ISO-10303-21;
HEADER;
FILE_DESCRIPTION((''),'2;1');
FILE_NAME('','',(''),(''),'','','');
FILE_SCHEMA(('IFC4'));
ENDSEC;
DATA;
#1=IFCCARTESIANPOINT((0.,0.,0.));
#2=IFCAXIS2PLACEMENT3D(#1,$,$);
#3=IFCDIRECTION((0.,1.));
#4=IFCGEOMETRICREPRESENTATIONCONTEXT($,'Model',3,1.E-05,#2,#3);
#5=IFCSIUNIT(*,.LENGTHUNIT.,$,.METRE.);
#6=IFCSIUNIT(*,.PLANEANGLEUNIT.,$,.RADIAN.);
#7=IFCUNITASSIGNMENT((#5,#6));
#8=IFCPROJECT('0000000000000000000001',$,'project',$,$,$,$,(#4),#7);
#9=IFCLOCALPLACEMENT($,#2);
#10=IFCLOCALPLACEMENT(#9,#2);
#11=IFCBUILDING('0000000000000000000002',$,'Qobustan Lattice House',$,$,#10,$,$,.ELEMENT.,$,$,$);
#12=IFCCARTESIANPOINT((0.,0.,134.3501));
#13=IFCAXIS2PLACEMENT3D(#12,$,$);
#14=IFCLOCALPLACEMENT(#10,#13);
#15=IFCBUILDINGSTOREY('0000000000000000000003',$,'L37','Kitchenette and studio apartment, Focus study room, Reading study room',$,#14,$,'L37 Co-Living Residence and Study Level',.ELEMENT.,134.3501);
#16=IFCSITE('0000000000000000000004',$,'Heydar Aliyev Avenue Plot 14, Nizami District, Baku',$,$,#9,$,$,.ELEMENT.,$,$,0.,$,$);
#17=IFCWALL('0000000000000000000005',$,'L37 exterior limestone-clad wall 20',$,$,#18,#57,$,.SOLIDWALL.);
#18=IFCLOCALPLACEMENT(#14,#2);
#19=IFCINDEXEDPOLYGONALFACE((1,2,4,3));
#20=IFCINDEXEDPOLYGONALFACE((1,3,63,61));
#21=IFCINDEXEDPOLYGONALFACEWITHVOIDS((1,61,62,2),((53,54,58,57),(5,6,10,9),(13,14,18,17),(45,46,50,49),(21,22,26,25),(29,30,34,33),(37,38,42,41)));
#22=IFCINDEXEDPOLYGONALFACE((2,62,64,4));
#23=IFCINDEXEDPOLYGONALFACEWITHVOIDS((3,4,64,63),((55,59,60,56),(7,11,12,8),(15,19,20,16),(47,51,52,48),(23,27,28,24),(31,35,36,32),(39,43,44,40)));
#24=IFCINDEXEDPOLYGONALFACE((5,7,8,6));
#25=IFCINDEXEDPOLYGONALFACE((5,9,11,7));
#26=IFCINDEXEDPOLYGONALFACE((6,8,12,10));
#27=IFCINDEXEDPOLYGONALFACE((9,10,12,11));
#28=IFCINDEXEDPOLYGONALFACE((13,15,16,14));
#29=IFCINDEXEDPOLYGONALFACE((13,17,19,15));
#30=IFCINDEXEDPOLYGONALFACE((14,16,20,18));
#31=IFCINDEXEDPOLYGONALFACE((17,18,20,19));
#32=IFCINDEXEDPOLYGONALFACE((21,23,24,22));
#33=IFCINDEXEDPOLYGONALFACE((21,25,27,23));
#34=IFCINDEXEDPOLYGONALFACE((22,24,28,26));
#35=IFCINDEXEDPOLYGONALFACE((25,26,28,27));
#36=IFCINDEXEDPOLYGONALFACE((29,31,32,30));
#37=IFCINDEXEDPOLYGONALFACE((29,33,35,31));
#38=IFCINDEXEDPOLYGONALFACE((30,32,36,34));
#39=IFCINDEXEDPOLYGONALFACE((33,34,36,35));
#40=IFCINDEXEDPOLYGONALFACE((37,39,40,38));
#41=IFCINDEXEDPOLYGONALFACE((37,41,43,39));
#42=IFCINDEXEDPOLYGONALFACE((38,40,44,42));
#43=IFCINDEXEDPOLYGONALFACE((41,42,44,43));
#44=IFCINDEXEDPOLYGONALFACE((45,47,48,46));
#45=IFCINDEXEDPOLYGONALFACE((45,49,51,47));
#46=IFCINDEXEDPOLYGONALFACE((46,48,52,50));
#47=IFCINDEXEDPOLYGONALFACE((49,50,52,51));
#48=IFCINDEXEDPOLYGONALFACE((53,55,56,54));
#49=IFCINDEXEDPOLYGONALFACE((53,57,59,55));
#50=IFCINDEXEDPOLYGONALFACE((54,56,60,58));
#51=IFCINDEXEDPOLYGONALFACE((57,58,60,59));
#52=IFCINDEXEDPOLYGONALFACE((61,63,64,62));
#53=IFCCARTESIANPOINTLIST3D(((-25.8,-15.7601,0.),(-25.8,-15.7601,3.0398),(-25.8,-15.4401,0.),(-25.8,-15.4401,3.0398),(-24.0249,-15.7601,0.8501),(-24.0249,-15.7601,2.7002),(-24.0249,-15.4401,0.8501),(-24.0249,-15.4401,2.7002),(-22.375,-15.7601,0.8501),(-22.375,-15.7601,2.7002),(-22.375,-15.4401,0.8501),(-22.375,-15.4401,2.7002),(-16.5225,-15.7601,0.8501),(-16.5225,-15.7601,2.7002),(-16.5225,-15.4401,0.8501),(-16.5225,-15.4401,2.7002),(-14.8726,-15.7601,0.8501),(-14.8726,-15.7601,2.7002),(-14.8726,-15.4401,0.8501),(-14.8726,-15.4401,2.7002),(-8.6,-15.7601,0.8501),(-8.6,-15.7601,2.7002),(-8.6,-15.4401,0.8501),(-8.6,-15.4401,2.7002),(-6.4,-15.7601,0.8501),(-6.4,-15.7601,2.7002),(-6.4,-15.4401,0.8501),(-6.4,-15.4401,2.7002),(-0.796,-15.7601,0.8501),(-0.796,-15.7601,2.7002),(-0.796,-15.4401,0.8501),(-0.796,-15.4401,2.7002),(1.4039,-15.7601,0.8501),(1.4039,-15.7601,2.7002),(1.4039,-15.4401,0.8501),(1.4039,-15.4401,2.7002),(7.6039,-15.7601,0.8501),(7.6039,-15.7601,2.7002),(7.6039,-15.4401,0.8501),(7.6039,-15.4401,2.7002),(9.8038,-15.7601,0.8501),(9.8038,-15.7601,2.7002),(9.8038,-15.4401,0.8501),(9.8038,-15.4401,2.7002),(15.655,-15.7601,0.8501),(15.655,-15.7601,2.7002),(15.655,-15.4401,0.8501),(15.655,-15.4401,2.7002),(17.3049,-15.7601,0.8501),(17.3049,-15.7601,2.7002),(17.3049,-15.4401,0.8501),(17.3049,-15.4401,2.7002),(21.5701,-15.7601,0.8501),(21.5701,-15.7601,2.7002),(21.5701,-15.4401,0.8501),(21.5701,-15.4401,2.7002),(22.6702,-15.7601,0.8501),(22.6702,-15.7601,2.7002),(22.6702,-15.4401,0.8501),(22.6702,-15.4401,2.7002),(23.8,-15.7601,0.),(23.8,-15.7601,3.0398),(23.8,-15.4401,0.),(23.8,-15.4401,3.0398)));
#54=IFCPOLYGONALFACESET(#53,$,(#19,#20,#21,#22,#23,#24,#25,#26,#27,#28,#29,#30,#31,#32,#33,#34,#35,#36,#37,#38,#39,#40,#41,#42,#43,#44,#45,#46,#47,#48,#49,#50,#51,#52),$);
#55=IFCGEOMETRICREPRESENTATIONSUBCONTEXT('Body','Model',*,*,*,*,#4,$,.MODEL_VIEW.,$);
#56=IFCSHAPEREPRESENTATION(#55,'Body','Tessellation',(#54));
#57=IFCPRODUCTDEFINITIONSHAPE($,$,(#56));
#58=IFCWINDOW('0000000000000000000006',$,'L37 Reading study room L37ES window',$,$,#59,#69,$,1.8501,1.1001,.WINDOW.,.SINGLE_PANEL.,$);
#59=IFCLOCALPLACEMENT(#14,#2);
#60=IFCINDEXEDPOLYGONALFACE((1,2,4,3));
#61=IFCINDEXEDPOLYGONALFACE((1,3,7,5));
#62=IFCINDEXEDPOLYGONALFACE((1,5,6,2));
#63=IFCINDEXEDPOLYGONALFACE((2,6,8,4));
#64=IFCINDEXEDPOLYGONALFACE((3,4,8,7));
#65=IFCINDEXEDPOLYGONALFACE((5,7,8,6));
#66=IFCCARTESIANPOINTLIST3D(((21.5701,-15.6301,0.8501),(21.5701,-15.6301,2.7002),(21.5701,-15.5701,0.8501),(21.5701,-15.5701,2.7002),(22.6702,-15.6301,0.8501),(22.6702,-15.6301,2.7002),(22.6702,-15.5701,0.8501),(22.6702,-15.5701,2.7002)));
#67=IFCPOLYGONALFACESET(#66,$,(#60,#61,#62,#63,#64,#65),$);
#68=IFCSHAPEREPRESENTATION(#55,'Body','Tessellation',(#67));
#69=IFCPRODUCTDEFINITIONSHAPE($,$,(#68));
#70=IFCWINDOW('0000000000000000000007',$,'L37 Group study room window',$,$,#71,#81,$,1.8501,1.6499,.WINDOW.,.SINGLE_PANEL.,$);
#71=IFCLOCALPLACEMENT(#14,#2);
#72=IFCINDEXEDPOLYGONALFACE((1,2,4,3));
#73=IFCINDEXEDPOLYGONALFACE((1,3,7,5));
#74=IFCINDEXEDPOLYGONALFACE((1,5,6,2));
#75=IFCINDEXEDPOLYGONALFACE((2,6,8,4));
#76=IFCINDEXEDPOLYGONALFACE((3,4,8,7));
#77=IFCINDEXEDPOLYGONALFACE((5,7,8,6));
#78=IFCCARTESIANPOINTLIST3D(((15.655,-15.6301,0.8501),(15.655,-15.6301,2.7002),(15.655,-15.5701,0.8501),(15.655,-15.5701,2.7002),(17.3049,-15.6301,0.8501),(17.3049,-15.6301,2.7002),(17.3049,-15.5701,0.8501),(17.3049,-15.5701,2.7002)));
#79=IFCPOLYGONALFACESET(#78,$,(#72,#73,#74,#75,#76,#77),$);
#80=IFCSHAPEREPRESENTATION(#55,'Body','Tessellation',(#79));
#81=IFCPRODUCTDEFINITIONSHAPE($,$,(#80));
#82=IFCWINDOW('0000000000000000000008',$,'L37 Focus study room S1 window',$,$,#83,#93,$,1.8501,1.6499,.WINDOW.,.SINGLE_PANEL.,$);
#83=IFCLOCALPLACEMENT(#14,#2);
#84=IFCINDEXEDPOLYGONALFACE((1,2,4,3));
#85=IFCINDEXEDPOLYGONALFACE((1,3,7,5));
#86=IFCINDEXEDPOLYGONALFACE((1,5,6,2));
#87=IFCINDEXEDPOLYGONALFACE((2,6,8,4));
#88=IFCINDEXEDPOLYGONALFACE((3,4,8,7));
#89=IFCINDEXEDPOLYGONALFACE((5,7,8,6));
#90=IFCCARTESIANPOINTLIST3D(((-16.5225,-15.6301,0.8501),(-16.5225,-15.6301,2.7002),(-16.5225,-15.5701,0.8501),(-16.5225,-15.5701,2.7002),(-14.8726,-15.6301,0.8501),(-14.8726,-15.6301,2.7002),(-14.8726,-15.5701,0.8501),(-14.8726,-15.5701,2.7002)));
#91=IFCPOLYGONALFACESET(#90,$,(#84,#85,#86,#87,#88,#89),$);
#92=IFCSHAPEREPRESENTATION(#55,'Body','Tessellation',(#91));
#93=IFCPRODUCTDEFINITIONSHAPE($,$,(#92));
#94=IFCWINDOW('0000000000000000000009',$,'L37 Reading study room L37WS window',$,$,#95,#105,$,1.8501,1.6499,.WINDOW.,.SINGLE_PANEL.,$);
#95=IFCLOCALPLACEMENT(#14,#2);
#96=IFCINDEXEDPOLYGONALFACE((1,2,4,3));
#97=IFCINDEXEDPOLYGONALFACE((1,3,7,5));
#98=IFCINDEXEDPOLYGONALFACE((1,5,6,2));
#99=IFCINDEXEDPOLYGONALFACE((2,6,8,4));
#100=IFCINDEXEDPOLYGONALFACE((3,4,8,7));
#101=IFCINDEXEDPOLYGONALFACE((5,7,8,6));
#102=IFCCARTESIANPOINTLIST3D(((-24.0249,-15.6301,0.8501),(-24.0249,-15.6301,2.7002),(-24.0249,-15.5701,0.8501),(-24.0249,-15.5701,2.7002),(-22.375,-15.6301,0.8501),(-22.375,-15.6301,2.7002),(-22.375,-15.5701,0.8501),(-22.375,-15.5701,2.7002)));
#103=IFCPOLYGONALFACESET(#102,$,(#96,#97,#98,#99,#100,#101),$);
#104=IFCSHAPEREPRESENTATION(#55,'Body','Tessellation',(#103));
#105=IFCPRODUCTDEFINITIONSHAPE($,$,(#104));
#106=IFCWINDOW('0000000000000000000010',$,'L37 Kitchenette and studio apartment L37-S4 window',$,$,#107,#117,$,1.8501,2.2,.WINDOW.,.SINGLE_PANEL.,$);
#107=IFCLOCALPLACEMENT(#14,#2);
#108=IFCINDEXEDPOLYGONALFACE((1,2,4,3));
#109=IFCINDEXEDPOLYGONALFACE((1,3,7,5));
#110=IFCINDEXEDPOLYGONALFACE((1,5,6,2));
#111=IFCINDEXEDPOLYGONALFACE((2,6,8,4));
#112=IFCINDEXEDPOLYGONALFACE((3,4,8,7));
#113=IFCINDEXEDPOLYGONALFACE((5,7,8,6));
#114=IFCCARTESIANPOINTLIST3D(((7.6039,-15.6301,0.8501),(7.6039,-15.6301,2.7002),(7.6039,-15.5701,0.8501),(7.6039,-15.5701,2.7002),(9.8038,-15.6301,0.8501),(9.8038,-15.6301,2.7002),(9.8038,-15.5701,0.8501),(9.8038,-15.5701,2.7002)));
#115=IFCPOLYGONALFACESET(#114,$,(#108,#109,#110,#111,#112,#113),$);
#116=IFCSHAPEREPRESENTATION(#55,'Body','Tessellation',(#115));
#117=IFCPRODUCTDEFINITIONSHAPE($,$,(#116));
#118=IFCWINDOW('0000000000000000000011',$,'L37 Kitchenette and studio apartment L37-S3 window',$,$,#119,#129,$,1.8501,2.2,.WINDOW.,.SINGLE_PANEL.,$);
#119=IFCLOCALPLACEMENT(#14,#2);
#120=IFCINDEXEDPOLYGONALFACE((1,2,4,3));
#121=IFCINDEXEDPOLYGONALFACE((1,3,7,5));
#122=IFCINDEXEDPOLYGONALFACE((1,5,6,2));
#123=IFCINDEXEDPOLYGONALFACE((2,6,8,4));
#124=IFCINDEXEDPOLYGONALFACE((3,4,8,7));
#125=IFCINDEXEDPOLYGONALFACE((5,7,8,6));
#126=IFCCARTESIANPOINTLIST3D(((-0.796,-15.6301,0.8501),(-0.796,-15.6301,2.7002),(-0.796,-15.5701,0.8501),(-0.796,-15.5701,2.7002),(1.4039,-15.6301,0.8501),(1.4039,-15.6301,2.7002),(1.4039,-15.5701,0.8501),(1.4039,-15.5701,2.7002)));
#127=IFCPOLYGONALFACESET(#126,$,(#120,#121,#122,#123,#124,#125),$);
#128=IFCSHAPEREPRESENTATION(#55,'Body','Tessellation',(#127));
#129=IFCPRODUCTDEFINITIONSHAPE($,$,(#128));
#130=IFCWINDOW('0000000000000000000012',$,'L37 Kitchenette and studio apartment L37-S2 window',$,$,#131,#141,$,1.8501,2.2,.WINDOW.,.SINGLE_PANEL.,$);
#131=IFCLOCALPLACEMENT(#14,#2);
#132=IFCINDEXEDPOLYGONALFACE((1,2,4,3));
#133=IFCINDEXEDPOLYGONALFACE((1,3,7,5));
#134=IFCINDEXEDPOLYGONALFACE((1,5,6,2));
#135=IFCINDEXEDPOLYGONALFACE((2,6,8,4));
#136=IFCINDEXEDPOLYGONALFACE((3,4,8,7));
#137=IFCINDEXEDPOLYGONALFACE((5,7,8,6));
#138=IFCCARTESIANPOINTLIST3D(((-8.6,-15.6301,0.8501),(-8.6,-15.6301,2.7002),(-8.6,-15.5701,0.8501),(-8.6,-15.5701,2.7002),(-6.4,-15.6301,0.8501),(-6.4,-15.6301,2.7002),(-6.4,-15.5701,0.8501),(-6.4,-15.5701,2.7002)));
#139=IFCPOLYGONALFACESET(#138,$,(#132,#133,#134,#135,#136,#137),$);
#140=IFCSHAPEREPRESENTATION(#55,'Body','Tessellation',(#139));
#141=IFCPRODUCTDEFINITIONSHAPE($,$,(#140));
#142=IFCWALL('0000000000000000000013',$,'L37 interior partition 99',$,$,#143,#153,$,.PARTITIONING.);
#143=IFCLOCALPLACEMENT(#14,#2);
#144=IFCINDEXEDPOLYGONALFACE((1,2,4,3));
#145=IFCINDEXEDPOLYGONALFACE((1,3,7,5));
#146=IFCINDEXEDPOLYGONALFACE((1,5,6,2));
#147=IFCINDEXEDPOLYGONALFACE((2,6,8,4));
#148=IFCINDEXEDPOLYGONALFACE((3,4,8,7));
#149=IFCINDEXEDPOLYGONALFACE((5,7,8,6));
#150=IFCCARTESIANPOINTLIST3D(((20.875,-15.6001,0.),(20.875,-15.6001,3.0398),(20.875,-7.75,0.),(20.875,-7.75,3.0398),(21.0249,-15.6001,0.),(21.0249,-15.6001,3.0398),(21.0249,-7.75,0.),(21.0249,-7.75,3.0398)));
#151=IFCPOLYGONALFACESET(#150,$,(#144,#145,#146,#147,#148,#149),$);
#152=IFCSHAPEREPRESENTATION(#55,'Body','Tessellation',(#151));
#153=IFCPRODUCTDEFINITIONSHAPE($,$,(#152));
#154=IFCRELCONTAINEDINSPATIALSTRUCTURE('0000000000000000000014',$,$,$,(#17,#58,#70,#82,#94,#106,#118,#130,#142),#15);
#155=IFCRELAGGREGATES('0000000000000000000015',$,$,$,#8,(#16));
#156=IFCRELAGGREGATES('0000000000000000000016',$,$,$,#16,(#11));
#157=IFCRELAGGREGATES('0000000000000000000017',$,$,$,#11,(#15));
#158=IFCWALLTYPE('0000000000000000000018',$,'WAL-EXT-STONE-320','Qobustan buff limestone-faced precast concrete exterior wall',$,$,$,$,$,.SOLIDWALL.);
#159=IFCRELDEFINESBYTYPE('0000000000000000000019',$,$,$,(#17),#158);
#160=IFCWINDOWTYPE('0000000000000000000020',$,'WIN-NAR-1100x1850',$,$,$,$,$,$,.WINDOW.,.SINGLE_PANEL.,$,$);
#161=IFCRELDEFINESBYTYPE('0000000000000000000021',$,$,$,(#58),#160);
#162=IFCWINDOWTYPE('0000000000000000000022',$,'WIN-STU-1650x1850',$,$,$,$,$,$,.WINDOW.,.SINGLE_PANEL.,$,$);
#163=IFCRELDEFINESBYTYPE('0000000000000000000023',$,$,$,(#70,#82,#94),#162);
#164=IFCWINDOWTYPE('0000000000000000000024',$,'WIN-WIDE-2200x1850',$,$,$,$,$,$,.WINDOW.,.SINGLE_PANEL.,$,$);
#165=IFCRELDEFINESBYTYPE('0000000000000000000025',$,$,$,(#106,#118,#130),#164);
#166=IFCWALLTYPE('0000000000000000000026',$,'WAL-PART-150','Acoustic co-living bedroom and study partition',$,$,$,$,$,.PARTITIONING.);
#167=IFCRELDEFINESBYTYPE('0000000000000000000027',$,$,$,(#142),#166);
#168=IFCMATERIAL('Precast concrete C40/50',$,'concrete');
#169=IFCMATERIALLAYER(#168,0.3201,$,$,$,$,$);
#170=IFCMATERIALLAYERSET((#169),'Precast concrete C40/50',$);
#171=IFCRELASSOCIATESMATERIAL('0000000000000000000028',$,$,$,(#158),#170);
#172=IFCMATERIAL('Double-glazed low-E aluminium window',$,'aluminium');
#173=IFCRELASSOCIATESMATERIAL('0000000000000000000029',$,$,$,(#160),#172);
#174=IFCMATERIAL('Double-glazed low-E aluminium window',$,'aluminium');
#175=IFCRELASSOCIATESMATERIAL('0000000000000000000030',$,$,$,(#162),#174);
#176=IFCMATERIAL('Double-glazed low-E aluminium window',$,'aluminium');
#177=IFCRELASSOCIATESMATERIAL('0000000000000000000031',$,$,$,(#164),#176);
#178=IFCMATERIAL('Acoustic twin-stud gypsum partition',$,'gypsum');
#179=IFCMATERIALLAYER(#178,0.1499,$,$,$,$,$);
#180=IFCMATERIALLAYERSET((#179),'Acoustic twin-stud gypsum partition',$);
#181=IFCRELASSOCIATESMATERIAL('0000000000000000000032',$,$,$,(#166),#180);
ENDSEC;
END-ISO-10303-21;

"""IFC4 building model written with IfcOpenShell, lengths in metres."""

from ifc_helpers import new_model, si_unit, direction, frame, frame_2d, origin, place, context, subcontext, project, spatial, rectangle, extrude, material, layer, layer_set, type_object, element, fill, save


model = new_model("IFC4")

# Units and contexts
model_context = context("Model", 3, precision=1e-05, world=origin(), true_north=direction((0.0, 1.0)))
body_context = subcontext(model_context, "Body", "Model", "MODEL_VIEW")
ifc_project = project(units=[si_unit("LENGTHUNIT", "METRE"), si_unit("PLANEANGLEUNIT", "RADIAN")], contexts=[model_context])

# Site, building, storey
site_placement = place(None, origin())
site = spatial("IfcSite", under=ifc_project, at=site_placement, Name="Heydar Aliyev Avenue Plot 14, Nizami District, Baku", CompositionType="ELEMENT", RefElevation=0.0)
building_placement = place(site_placement, origin())
building = spatial("IfcBuilding", under=site, at=building_placement, Name="Qobustan Lattice House", CompositionType="ELEMENT")
storey_placement = place(building_placement, frame((0.0, 0.0, 134.3501)))
storey = spatial("IfcBuildingStorey", under=building, at=storey_placement, Name="L37", Description="Kitchenette and studio apartment, Focus study room, Reading study room", LongName="L37 Co-Living Residence and Study Level", CompositionType="ELEMENT", Elevation=134.3501)

# Shared definitions
ifc_material_1 = material(Name="Precast concrete C40/50", Category="concrete")
ifc_layer_1 = layer(ifc_material_1, 0.3201)
ifc_layer_set_1 = layer_set([ifc_layer_1], Name="Precast concrete C40/50")
wall_type_1 = type_object("IfcWallType", Name="WAL-EXT-STONE-320", Description="Qobustan buff limestone-faced precast concrete exterior wall", PredefinedType="SOLIDWALL", material=ifc_layer_set_1)

# Wall, openings, windows
wall_1_placement = place(storey_placement, frame((23.8, -15.6001, 0.0), z_axis=(0.0, 0.0, 1.0), x_axis=(-1.0, 0.0, 0.0)))
wall_1 = element("IfcWall", 1, at=wall_1_placement, inside=storey, type_object=wall_type_1, Name="L37 exterior limestone-clad wall 20", PredefinedType="SOLIDWALL", context=body_context, shape_type="SweptSolid", body=[
    extrude(rectangle(XDim=49.6001, YDim=0.3201, at=frame_2d((24.8, 0.0))), origin(), (0.0, 0.0, 1.0), 3.0398),
])
opening_1_placement = place(wall_1_placement, frame((1.1299, 0.0, 0.8501)))
opening_1 = element("IfcOpeningElement", 2, at=opening_1_placement, cuts=wall_1, PredefinedType="OPENING", context=body_context, shape_type="SweptSolid", body=[
    extrude(rectangle(XDim=1.1001, YDim=1.8501, at=frame_2d((0.55, 0.925))), frame((0.0, 0.1699, 0.0), z_axis=(0.0, -1.0, 0.0), x_axis=(1.0, 0.0, 0.0)), (0.0, 0.0, 1.0), 0.3401),
])
opening_2_placement = place(wall_1_placement, frame((6.4951, 0.0, 0.8501)))
opening_2 = element("IfcOpeningElement", 3, at=opening_2_placement, cuts=wall_1, PredefinedType="OPENING", context=body_context, shape_type="SweptSolid", body=[
    extrude(rectangle(XDim=1.6499, YDim=1.8501, at=frame_2d((0.825, 0.925))), frame((0.0, 0.1699, 0.0), z_axis=(0.0, -1.0, 0.0), x_axis=(1.0, 0.0, 0.0)), (0.0, 0.0, 1.0), 0.3401),
])
opening_3_placement = place(wall_1_placement, frame((13.9961, 0.0, 0.8501)))
opening_3 = element("IfcOpeningElement", 4, at=opening_3_placement, cuts=wall_1, PredefinedType="OPENING", context=body_context, shape_type="SweptSolid", body=[
    extrude(rectangle(XDim=2.2, YDim=1.8501, at=frame_2d((1.1001, 0.925))), frame((0.0, 0.1699, 0.0), z_axis=(0.0, -1.0, 0.0), x_axis=(1.0, 0.0, 0.0)), (0.0, 0.0, 1.0), 0.3401),
])
opening_4_placement = place(wall_1_placement, frame((22.396, 0.0, 0.8501)))
opening_4 = element("IfcOpeningElement", 5, at=opening_4_placement, cuts=wall_1, PredefinedType="OPENING", context=body_context, shape_type="SweptSolid", body=[
    extrude(rectangle(XDim=2.2, YDim=1.8501, at=frame_2d((1.1001, 0.925))), frame((0.0, 0.1699, 0.0), z_axis=(0.0, -1.0, 0.0), x_axis=(1.0, 0.0, 0.0)), (0.0, 0.0, 1.0), 0.3401),
])
opening_5_placement = place(wall_1_placement, frame((30.2, 0.0, 0.8501)))
opening_5 = element("IfcOpeningElement", 6, at=opening_5_placement, cuts=wall_1, PredefinedType="OPENING", context=body_context, shape_type="SweptSolid", body=[
    extrude(rectangle(XDim=2.2, YDim=1.8501, at=frame_2d((1.1001, 0.925))), frame((0.0, 0.1699, 0.0), z_axis=(0.0, -1.0, 0.0), x_axis=(1.0, 0.0, 0.0)), (0.0, 0.0, 1.0), 0.3401),
])
opening_6_placement = place(wall_1_placement, frame((38.6726, 0.0, 0.8501)))
opening_6 = element("IfcOpeningElement", 7, at=opening_6_placement, cuts=wall_1, PredefinedType="OPENING", context=body_context, shape_type="SweptSolid", body=[
    extrude(rectangle(XDim=1.6499, YDim=1.8501, at=frame_2d((0.825, 0.925))), frame((0.0, 0.1699, 0.0), z_axis=(0.0, -1.0, 0.0), x_axis=(1.0, 0.0, 0.0)), (0.0, 0.0, 1.0), 0.3401),
])
opening_7_placement = place(wall_1_placement, frame((46.175, 0.0, 0.8501)))
opening_7 = element("IfcOpeningElement", 8, at=opening_7_placement, cuts=wall_1, PredefinedType="OPENING", context=body_context, shape_type="SweptSolid", body=[
    extrude(rectangle(XDim=1.6499, YDim=1.8501, at=frame_2d((0.825, 0.925))), frame((0.0, 0.1699, 0.0), z_axis=(0.0, -1.0, 0.0), x_axis=(1.0, 0.0, 0.0)), (0.0, 0.0, 1.0), 0.3401),
])
ifc_material_2 = material(Name="Double-glazed low-E aluminium window", Category="aluminium")
window_type_1 = type_object("IfcWindowType", Name="WIN-NAR-1100x1850", PartitioningType="SINGLE_PANEL", PredefinedType="WINDOW", material=ifc_material_2)
window_1_placement = place(opening_1_placement, origin())
window_1 = element("IfcWindow", 9, at=window_1_placement, inside=storey, type_object=window_type_1, Name="L37 Reading study room L37ES window", OverallHeight=1.8501, OverallWidth=1.1001, PartitioningType="SINGLE_PANEL", PredefinedType="WINDOW", context=body_context, shape_type="SweptSolid", body=[
    extrude(rectangle(XDim=1.1001, YDim=1.8501, at=frame_2d((0.55, 0.925))), frame((0.0, 0.03, 0.0), z_axis=(0.0, -1.0, 0.0), x_axis=(1.0, 0.0, 0.0)), (0.0, 0.0, 1.0), 0.0601),
])
fill(opening_1, window_1)
ifc_material_3 = material(Name="Double-glazed low-E aluminium window", Category="aluminium")
window_type_2 = type_object("IfcWindowType", Name="WIN-STU-1650x1850", PartitioningType="SINGLE_PANEL", PredefinedType="WINDOW", material=ifc_material_3)
window_2_placement = place(opening_2_placement, origin())
window_2 = element("IfcWindow", 10, at=window_2_placement, inside=storey, type_object=window_type_2, Name="L37 Group study room window", OverallHeight=1.8501, OverallWidth=1.6499, PartitioningType="SINGLE_PANEL", PredefinedType="WINDOW", context=body_context, shape_type="SweptSolid", body=[
    extrude(rectangle(XDim=1.6499, YDim=1.8501, at=frame_2d((0.825, 0.925))), frame((0.0, 0.03, 0.0), z_axis=(0.0, -1.0, 0.0), x_axis=(1.0, 0.0, 0.0)), (0.0, 0.0, 1.0), 0.0601),
])
fill(opening_2, window_2)
window_3_placement = place(opening_6_placement, origin())
window_3 = element("IfcWindow", 11, at=window_3_placement, inside=storey, type_object=window_type_2, Name="L37 Focus study room S1 window", OverallHeight=1.8501, OverallWidth=1.6499, PartitioningType="SINGLE_PANEL", PredefinedType="WINDOW", context=body_context, shape_type="SweptSolid", body=[
    extrude(rectangle(XDim=1.6499, YDim=1.8501, at=frame_2d((0.825, 0.925))), frame((0.0, 0.03, 0.0), z_axis=(0.0, -1.0, 0.0), x_axis=(1.0, 0.0, 0.0)), (0.0, 0.0, 1.0), 0.0601),
])
fill(opening_6, window_3)
window_4_placement = place(opening_7_placement, origin())
window_4 = element("IfcWindow", 12, at=window_4_placement, inside=storey, type_object=window_type_2, Name="L37 Reading study room L37WS window", OverallHeight=1.8501, OverallWidth=1.6499, PartitioningType="SINGLE_PANEL", PredefinedType="WINDOW", context=body_context, shape_type="SweptSolid", body=[
    extrude(rectangle(XDim=1.6499, YDim=1.8501, at=frame_2d((0.825, 0.925))), frame((0.0, 0.03, 0.0), z_axis=(0.0, -1.0, 0.0), x_axis=(1.0, 0.0, 0.0)), (0.0, 0.0, 1.0), 0.0601),
])
fill(opening_7, window_4)
ifc_material_4 = material(Name="Double-glazed low-E aluminium window", Category="aluminium")
window_type_3 = type_object("IfcWindowType", Name="WIN-WIDE-2200x1850", PartitioningType="SINGLE_PANEL", PredefinedType="WINDOW", material=ifc_material_4)
window_5_placement = place(opening_3_placement, origin())
window_5 = element("IfcWindow", 13, at=window_5_placement, inside=storey, type_object=window_type_3, Name="L37 Kitchenette and studio apartment L37-S4 window", OverallHeight=1.8501, OverallWidth=2.2, PartitioningType="SINGLE_PANEL", PredefinedType="WINDOW", context=body_context, shape_type="SweptSolid", body=[
    extrude(rectangle(XDim=2.2, YDim=1.8501, at=frame_2d((1.1001, 0.925))), frame((0.0, 0.03, 0.0), z_axis=(0.0, -1.0, 0.0), x_axis=(1.0, 0.0, 0.0)), (0.0, 0.0, 1.0), 0.0601),
])
fill(opening_3, window_5)
window_6_placement = place(opening_4_placement, origin())
window_6 = element("IfcWindow", 14, at=window_6_placement, inside=storey, type_object=window_type_3, Name="L37 Kitchenette and studio apartment L37-S3 window", OverallHeight=1.8501, OverallWidth=2.2, PartitioningType="SINGLE_PANEL", PredefinedType="WINDOW", context=body_context, shape_type="SweptSolid", body=[
    extrude(rectangle(XDim=2.2, YDim=1.8501, at=frame_2d((1.1001, 0.925))), frame((0.0, 0.03, 0.0), z_axis=(0.0, -1.0, 0.0), x_axis=(1.0, 0.0, 0.0)), (0.0, 0.0, 1.0), 0.0601),
])
fill(opening_4, window_6)
window_7_placement = place(opening_5_placement, origin())
window_7 = element("IfcWindow", 15, at=window_7_placement, inside=storey, type_object=window_type_3, Name="L37 Kitchenette and studio apartment L37-S2 window", OverallHeight=1.8501, OverallWidth=2.2, PartitioningType="SINGLE_PANEL", PredefinedType="WINDOW", context=body_context, shape_type="SweptSolid", body=[
    extrude(rectangle(XDim=2.2, YDim=1.8501, at=frame_2d((1.1001, 0.925))), frame((0.0, 0.03, 0.0), z_axis=(0.0, -1.0, 0.0), x_axis=(1.0, 0.0, 0.0)), (0.0, 0.0, 1.0), 0.0601),
])
fill(opening_5, window_7)

# Wall
ifc_material_5 = material(Name="Acoustic twin-stud gypsum partition", Category="gypsum")
ifc_layer_2 = layer(ifc_material_5, 0.1499)
ifc_layer_set_2 = layer_set([ifc_layer_2], Name="Acoustic twin-stud gypsum partition")
wall_type_2 = type_object("IfcWallType", Name="WAL-PART-150", Description="Acoustic co-living bedroom and study partition", PredefinedType="PARTITIONING", material=ifc_layer_set_2)
wall_2_placement = place(storey_placement, frame((20.95, -15.6001, 0.0), z_axis=(0.0, 0.0, 1.0), x_axis=(0.0, 1.0, 0.0)))
element("IfcWall", 16, at=wall_2_placement, inside=storey, type_object=wall_type_2, Name="L37 interior partition 99", PredefinedType="PARTITIONING", context=body_context, shape_type="SweptSolid", body=[
    extrude(rectangle(XDim=7.8501, YDim=0.1499, at=frame_2d((3.925, 0.0))), origin(), (0.0, 0.0, 1.0), 3.0398),
])

save(model, "model.ifc")
